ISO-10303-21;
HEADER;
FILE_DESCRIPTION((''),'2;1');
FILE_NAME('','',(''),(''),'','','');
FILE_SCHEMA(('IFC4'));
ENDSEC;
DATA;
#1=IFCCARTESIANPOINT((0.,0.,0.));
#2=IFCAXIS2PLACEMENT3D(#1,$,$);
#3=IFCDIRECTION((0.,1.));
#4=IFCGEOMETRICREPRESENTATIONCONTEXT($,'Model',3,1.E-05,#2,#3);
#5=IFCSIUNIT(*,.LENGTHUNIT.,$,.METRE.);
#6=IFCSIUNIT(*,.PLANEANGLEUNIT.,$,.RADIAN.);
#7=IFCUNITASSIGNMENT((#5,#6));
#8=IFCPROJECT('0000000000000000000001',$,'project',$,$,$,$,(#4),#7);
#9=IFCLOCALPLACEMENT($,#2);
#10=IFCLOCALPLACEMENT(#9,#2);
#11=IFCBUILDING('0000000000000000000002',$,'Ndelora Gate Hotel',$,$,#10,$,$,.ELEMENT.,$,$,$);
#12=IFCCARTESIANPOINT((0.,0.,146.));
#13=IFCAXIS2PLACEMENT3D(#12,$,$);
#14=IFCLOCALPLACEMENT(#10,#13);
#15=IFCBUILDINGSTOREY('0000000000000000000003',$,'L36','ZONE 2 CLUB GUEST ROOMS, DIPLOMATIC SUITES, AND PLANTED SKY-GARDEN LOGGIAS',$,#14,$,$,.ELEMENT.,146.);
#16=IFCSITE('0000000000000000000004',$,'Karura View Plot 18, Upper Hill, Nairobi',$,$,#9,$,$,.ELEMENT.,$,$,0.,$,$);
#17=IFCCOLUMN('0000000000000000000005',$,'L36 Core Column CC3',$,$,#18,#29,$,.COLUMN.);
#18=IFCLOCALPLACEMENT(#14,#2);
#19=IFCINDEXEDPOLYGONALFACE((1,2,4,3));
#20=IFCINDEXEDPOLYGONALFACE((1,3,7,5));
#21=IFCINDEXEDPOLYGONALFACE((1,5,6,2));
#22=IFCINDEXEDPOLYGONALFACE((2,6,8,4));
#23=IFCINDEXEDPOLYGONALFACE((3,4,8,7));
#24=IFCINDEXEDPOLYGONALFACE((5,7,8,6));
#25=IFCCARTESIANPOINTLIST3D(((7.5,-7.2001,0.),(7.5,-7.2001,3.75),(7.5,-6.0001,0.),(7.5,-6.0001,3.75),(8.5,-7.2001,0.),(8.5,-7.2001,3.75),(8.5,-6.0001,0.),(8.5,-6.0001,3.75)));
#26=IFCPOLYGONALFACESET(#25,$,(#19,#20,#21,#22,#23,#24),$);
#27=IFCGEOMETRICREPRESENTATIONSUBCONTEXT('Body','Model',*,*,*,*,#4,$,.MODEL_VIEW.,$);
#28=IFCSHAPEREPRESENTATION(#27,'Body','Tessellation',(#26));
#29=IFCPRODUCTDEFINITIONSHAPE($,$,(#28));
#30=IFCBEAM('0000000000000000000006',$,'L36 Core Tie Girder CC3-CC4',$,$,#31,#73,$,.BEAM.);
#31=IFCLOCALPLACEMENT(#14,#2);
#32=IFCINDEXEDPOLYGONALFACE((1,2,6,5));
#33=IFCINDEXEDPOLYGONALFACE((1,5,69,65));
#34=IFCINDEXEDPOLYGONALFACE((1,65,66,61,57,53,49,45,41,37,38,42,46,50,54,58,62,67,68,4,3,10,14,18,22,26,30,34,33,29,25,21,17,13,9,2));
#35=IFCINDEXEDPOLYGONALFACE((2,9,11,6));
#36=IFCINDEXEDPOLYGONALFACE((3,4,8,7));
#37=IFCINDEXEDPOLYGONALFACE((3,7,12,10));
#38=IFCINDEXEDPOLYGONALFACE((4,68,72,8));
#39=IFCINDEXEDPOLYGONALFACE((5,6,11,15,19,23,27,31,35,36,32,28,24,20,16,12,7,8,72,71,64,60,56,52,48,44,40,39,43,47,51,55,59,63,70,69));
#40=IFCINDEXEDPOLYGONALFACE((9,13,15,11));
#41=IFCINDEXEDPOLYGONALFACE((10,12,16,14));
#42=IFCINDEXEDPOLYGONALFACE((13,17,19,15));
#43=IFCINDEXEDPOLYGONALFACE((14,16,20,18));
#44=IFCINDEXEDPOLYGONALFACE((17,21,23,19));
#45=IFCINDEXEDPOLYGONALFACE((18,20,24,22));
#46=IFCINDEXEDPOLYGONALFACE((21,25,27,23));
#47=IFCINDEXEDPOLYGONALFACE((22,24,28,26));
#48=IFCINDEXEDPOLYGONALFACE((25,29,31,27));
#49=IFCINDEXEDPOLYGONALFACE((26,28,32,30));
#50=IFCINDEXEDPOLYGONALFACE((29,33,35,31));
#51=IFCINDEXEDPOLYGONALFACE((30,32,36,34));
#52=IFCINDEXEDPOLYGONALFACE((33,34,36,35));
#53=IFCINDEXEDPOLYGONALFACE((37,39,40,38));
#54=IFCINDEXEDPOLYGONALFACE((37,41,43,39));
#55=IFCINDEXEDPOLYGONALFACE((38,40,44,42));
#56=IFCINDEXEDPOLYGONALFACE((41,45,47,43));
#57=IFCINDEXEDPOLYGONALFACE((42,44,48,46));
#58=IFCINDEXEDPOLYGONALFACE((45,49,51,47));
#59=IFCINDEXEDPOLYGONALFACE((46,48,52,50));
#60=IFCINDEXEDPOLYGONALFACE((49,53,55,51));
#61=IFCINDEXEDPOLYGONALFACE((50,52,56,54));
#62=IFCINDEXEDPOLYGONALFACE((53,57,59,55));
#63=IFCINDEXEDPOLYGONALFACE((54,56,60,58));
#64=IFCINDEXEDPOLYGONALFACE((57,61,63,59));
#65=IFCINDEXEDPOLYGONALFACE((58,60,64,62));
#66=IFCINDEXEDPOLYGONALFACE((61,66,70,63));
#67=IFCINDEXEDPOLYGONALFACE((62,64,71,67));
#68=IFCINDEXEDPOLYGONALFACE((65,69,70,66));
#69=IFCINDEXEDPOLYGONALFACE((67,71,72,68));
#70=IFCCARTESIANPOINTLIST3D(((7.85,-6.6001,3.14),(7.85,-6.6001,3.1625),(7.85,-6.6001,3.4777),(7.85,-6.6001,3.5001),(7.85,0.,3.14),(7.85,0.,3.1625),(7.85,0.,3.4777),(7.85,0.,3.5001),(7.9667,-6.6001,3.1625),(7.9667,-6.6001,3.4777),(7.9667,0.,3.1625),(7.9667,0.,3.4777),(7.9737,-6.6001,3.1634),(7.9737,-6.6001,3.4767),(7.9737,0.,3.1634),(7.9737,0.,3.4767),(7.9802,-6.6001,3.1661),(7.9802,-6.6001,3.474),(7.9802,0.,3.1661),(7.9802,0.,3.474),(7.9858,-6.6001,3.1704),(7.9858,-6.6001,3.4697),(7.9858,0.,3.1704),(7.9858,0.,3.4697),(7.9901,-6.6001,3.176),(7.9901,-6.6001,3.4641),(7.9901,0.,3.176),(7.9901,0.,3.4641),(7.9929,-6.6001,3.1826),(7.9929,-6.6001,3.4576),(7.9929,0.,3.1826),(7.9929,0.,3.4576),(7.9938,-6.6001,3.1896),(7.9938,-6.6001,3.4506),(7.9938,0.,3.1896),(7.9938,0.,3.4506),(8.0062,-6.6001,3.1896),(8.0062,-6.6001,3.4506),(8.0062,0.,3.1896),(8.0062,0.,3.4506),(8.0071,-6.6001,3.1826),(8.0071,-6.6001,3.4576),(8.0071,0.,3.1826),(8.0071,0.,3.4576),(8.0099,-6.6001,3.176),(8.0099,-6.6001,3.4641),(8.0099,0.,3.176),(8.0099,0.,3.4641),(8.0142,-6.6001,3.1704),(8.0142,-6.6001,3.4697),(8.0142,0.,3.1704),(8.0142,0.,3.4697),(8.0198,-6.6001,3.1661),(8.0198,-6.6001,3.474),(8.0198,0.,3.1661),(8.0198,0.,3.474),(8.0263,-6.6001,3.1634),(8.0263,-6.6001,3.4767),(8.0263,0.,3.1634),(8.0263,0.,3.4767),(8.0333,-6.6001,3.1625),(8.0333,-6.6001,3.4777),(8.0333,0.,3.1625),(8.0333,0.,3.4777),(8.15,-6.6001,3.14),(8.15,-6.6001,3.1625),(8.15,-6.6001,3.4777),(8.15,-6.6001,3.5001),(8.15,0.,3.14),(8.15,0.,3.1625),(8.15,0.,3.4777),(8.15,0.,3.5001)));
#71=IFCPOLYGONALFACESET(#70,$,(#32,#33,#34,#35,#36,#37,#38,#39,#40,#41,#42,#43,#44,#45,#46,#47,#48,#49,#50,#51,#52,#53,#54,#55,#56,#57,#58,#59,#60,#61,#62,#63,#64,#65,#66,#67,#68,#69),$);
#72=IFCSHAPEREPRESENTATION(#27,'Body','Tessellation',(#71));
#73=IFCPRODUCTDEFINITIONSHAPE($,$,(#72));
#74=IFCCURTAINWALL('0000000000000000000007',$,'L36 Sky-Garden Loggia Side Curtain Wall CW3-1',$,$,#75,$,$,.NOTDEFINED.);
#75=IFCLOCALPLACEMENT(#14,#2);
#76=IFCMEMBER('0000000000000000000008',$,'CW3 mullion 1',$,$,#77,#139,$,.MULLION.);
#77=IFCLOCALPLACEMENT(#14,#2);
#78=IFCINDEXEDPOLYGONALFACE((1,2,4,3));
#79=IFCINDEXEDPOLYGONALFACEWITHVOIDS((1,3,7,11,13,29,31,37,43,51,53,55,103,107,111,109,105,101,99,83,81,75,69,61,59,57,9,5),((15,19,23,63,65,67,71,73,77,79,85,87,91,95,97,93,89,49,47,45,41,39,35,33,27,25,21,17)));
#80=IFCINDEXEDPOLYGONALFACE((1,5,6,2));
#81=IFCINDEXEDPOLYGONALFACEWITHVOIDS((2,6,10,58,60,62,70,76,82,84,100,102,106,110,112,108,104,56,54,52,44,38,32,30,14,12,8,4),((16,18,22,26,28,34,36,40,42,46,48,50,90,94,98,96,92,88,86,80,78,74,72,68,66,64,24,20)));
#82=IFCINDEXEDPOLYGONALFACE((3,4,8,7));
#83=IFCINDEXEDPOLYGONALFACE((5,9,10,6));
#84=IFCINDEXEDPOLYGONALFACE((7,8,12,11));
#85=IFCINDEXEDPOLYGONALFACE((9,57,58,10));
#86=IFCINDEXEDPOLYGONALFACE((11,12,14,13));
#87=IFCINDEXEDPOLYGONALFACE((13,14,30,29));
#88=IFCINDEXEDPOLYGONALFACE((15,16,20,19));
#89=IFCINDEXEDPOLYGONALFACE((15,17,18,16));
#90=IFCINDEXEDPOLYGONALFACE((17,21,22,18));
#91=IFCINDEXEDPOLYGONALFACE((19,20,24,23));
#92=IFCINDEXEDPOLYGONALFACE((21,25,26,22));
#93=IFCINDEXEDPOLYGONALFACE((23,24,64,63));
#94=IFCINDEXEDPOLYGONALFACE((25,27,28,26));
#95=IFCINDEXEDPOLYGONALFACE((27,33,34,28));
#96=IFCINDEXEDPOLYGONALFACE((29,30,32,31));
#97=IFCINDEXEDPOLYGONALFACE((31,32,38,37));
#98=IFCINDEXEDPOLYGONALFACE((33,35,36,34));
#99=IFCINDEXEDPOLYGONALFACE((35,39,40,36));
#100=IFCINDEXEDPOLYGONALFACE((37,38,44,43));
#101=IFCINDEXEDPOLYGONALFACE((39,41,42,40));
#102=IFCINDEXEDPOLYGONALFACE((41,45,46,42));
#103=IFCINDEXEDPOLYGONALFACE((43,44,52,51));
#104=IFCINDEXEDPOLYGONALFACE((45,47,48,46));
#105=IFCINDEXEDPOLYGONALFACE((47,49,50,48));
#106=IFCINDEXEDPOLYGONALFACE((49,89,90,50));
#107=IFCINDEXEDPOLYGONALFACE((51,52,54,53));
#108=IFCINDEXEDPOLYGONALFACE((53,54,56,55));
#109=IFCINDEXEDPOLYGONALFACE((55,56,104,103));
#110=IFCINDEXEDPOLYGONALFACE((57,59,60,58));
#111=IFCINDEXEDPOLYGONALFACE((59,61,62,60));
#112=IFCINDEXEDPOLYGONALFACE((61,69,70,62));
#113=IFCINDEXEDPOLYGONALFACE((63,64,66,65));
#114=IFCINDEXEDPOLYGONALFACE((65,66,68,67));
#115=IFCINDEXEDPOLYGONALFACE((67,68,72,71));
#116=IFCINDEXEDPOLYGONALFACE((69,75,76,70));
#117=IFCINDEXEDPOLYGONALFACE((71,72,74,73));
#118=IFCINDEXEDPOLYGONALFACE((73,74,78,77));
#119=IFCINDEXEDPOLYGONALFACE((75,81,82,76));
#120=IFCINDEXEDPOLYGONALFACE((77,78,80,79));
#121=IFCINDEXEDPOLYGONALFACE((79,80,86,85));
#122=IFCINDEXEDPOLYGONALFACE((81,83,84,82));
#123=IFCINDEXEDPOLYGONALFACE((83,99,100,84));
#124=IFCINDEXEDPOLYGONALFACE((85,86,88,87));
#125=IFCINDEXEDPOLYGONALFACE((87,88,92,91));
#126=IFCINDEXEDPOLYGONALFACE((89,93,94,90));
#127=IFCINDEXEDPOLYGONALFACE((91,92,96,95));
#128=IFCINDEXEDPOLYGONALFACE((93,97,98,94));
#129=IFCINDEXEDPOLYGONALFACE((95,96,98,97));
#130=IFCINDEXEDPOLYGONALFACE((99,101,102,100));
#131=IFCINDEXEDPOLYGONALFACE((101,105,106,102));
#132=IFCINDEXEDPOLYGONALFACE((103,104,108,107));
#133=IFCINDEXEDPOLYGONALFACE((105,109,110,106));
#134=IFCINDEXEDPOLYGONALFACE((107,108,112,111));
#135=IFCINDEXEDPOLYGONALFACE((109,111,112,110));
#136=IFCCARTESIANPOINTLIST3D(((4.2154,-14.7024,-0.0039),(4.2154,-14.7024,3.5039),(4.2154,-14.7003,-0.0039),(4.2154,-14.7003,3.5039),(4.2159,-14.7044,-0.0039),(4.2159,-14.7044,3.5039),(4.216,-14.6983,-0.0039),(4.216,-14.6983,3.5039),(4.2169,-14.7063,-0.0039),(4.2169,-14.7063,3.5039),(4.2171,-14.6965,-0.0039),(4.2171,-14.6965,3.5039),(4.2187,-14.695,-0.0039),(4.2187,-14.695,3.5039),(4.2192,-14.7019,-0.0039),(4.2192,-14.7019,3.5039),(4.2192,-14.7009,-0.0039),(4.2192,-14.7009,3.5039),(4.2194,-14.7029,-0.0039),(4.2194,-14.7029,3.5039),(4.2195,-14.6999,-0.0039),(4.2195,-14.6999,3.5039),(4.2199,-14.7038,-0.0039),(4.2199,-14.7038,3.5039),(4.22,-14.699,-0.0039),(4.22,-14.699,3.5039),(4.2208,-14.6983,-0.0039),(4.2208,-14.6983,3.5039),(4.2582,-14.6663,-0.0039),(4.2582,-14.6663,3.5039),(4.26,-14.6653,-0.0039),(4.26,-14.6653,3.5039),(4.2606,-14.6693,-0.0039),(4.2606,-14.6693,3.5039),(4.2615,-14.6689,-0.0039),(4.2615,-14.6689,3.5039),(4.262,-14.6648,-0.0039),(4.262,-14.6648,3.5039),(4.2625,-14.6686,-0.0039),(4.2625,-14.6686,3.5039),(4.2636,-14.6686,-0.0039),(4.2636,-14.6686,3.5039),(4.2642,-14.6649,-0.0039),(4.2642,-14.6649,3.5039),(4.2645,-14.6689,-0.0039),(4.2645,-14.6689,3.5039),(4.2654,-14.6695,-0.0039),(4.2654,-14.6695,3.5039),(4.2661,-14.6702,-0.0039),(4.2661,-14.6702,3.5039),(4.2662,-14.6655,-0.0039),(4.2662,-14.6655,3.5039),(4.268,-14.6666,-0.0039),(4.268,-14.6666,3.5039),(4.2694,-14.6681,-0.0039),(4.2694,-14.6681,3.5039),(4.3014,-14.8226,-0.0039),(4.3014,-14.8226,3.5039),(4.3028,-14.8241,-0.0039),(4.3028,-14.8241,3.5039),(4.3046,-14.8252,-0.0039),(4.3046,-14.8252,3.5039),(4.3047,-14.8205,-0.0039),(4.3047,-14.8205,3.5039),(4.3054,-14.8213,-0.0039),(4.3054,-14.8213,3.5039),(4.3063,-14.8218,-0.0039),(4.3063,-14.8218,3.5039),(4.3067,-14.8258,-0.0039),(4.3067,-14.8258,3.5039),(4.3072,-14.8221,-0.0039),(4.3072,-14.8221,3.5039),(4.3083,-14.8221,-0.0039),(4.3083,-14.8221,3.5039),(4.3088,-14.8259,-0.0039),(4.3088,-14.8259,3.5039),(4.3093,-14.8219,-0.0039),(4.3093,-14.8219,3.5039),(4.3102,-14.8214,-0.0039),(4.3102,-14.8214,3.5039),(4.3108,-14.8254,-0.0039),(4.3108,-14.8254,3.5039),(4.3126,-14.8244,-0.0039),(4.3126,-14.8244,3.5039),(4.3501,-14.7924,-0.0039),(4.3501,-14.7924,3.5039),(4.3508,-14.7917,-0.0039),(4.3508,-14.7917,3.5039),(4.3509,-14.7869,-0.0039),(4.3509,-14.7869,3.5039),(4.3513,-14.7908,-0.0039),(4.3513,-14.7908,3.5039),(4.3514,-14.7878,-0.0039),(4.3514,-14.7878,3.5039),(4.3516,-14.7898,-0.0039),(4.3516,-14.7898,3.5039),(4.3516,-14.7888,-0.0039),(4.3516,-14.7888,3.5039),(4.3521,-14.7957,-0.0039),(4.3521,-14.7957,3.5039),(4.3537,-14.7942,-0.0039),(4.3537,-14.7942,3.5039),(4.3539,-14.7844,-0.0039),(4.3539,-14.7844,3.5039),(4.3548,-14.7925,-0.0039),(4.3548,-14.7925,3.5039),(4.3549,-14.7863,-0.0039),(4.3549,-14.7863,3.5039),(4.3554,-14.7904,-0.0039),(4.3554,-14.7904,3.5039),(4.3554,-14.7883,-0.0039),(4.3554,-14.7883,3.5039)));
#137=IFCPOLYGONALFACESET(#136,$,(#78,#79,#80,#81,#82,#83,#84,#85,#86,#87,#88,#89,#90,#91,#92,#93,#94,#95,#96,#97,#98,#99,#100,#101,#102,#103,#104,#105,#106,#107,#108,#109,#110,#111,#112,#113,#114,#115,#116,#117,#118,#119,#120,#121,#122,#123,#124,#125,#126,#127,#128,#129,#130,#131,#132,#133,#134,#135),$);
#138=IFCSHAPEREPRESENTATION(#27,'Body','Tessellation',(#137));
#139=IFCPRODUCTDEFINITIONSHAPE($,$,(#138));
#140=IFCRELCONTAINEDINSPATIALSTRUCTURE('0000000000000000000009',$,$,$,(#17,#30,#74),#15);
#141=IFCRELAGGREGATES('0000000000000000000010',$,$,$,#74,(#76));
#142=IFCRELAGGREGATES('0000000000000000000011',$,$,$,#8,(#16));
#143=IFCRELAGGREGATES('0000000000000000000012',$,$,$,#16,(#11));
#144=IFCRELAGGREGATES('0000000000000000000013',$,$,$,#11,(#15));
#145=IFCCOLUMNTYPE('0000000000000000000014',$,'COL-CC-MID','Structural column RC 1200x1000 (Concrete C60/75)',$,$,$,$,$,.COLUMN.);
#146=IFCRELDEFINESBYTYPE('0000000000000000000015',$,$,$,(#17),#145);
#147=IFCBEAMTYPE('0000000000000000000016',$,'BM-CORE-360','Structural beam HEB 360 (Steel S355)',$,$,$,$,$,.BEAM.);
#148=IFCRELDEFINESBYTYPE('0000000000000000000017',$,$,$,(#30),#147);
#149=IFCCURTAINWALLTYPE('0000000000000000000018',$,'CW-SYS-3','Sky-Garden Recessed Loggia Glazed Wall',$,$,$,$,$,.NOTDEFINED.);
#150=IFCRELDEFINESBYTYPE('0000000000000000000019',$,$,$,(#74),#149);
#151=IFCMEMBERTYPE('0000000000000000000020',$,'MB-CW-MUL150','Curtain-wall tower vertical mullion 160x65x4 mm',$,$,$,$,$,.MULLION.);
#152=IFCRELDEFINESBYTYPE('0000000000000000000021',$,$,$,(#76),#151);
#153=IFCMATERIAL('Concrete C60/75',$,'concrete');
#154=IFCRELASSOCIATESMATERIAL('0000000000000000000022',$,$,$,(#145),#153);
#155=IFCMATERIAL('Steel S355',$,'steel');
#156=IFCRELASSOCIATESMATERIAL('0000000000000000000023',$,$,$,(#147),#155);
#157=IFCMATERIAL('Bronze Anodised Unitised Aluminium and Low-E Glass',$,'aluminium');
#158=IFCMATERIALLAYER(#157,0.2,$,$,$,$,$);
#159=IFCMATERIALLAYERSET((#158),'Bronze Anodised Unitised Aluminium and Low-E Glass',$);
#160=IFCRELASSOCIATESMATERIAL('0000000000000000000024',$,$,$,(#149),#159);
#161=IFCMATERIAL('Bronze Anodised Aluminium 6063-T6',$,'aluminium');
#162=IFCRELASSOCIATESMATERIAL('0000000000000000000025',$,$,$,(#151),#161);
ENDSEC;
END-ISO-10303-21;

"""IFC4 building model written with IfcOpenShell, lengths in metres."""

from ifc_helpers import new_model, si_unit, direction, frame, origin, origin_2d, place, context, subcontext, project, spatial, rectangle, hollow_rectangle, i_section, extrude, material, layer, layer_set, material_profile, profile_set, type_object, element, aggregate, save


model = new_model("IFC4")

# Units and contexts
model_context = context("Model", 3, precision=1e-05, world=origin(), true_north=direction((0.0, 1.0)))
body_context = subcontext(model_context, "Body", "Model", "MODEL_VIEW")
ifc_project = project(units=[si_unit("LENGTHUNIT", "METRE"), si_unit("PLANEANGLEUNIT", "RADIAN")], contexts=[model_context])

# Site, building, storey
site_placement = place(None, origin())
site = spatial("IfcSite", under=ifc_project, at=site_placement, Name="Karura View Plot 18, Upper Hill, Nairobi", CompositionType="ELEMENT", RefElevation=0.0)
building_placement = place(site_placement, origin())
building = spatial("IfcBuilding", under=site, at=building_placement, Name="Ndelora Gate Hotel", CompositionType="ELEMENT")
storey_placement = place(building_placement, frame((0.0, 0.0, 146.0)))
storey = spatial("IfcBuildingStorey", under=building, at=storey_placement, Name="L36", Description="ZONE 2 CLUB GUEST ROOMS, DIPLOMATIC SUITES, AND PLANTED SKY-GARDEN LOGGIAS", CompositionType="ELEMENT", Elevation=146.0)

# Column
ifc_material_1 = material(Name="Concrete C60/75", Category="concrete")
ifc_material_profile_1 = material_profile(ifc_material_1, rectangle(XDim=1.0, YDim=1.2, at=origin_2d()), Name="RC 1200x1000")
ifc_profile_set_1 = profile_set([ifc_material_profile_1], Name="Concrete C60/75")
column_type = type_object("IfcColumnType", Name="COL-CC-MID", Description="Structural column RC 1200x1000 (Concrete C60/75)", PredefinedType="COLUMN", material=ifc_profile_set_1)
column_placement = place(storey_placement, frame((8.0, -6.6001, 0.0), z_axis=(0.0, 0.0, 1.0), x_axis=(1.0, 0.0, 0.0)))
element("IfcColumn", 1, at=column_placement, inside=storey, type_object=column_type, Name="L36 Core Column CC3", PredefinedType="COLUMN", context=body_context, shape_type="SweptSolid", body=[
    extrude(rectangle(XDim=1.0, YDim=1.2, at=origin_2d()), origin(), (0.0, 0.0, 1.0), 3.75),
])

# Beam
ifc_material_2 = material(Name="Steel S355", Category="steel")
ifc_material_profile_2 = material_profile(ifc_material_2, i_section(OverallWidth=0.3, OverallDepth=0.3601, WebThickness=0.0125, FlangeThickness=0.0225, FilletRadius=0.0271, at=origin_2d()), Name="HEB 360")
ifc_profile_set_2 = profile_set([ifc_material_profile_2], Name="Steel S355")
beam_type = type_object("IfcBeamType", Name="BM-CORE-360", Description="Structural beam HEB 360 (Steel S355)", PredefinedType="BEAM", material=ifc_profile_set_2)
beam_placement = place(storey_placement, frame((8.0, -6.6001, 3.3201), z_axis=(0.0, 1.0, 0.0), x_axis=(-1.0, 0.0, 0.0)))
element("IfcBeam", 2, at=beam_placement, inside=storey, type_object=beam_type, Name="L36 Core Tie Girder CC3-CC4", PredefinedType="BEAM", context=body_context, shape_type="SweptSolid", body=[
    extrude(i_section(OverallWidth=0.3, OverallDepth=0.3601, WebThickness=0.0125, FlangeThickness=0.0225, FilletRadius=0.0271, at=origin_2d()), origin(), (0.0, 0.0, 1.0), 6.6001),
])

# Curtain wall, member
ifc_material_3 = material(Name="Bronze Anodised Unitised Aluminium and Low-E Glass", Category="aluminium")
ifc_layer_1 = layer(ifc_material_3, 0.2)
ifc_layer_set_1 = layer_set([ifc_layer_1], Name="Bronze Anodised Unitised Aluminium and Low-E Glass")
curtain_wall_type = type_object("IfcCurtainWallType", Name="CW-SYS-3", Description="Sky-Garden Recessed Loggia Glazed Wall", PredefinedType="NOTDEFINED", material=ifc_layer_set_1)
curtain_wall_placement = place(storey_placement, origin())
curtain_wall = element("IfcCurtainWall", 3, at=curtain_wall_placement, inside=storey, type_object=curtain_wall_type, Name="L36 Sky-Garden Loggia Side Curtain Wall CW3-1", PredefinedType="NOTDEFINED")
ifc_material_4 = material(Name="Bronze Anodised Aluminium 6063-T6", Category="aluminium")
ifc_material_profile_3 = material_profile(ifc_material_4, hollow_rectangle(XDim=0.0649, YDim=0.1599, WallThickness=0.0039, InnerFilletRadius=0.0039, OuterFilletRadius=0.0081, at=origin_2d()), Name="ALU 160x65x4")
ifc_profile_set_3 = profile_set([ifc_material_profile_3], Name="Bronze Anodised Aluminium 6063-T6")
member_type_1 = type_object("IfcMemberType", Name="MB-CW-MUL150", Description="Curtain-wall tower vertical mullion 160x65x4 mm", PredefinedType="MULLION", material=ifc_profile_set_3)
member_1_placement = place(storey_placement, frame((4.2854, -14.7454, -0.0039), z_axis=(0.0, 0.0, 1.0), x_axis=(0.809017, 0.587785, 0.0)))
member_1 = element("IfcMember", 4, at=member_1_placement, type_object=member_type_1, Name="CW3 mullion 1", PredefinedType="MULLION", context=body_context, shape_type="SweptSolid", body=[
    extrude(hollow_rectangle(XDim=0.0649, YDim=0.1599, WallThickness=0.0039, InnerFilletRadius=0.0039, OuterFilletRadius=0.0081, at=origin_2d()), origin(), (0.0, 0.0, 1.0), 3.5078),
])
aggregate(curtain_wall, [member_1])

save(model, "model.ifc")
